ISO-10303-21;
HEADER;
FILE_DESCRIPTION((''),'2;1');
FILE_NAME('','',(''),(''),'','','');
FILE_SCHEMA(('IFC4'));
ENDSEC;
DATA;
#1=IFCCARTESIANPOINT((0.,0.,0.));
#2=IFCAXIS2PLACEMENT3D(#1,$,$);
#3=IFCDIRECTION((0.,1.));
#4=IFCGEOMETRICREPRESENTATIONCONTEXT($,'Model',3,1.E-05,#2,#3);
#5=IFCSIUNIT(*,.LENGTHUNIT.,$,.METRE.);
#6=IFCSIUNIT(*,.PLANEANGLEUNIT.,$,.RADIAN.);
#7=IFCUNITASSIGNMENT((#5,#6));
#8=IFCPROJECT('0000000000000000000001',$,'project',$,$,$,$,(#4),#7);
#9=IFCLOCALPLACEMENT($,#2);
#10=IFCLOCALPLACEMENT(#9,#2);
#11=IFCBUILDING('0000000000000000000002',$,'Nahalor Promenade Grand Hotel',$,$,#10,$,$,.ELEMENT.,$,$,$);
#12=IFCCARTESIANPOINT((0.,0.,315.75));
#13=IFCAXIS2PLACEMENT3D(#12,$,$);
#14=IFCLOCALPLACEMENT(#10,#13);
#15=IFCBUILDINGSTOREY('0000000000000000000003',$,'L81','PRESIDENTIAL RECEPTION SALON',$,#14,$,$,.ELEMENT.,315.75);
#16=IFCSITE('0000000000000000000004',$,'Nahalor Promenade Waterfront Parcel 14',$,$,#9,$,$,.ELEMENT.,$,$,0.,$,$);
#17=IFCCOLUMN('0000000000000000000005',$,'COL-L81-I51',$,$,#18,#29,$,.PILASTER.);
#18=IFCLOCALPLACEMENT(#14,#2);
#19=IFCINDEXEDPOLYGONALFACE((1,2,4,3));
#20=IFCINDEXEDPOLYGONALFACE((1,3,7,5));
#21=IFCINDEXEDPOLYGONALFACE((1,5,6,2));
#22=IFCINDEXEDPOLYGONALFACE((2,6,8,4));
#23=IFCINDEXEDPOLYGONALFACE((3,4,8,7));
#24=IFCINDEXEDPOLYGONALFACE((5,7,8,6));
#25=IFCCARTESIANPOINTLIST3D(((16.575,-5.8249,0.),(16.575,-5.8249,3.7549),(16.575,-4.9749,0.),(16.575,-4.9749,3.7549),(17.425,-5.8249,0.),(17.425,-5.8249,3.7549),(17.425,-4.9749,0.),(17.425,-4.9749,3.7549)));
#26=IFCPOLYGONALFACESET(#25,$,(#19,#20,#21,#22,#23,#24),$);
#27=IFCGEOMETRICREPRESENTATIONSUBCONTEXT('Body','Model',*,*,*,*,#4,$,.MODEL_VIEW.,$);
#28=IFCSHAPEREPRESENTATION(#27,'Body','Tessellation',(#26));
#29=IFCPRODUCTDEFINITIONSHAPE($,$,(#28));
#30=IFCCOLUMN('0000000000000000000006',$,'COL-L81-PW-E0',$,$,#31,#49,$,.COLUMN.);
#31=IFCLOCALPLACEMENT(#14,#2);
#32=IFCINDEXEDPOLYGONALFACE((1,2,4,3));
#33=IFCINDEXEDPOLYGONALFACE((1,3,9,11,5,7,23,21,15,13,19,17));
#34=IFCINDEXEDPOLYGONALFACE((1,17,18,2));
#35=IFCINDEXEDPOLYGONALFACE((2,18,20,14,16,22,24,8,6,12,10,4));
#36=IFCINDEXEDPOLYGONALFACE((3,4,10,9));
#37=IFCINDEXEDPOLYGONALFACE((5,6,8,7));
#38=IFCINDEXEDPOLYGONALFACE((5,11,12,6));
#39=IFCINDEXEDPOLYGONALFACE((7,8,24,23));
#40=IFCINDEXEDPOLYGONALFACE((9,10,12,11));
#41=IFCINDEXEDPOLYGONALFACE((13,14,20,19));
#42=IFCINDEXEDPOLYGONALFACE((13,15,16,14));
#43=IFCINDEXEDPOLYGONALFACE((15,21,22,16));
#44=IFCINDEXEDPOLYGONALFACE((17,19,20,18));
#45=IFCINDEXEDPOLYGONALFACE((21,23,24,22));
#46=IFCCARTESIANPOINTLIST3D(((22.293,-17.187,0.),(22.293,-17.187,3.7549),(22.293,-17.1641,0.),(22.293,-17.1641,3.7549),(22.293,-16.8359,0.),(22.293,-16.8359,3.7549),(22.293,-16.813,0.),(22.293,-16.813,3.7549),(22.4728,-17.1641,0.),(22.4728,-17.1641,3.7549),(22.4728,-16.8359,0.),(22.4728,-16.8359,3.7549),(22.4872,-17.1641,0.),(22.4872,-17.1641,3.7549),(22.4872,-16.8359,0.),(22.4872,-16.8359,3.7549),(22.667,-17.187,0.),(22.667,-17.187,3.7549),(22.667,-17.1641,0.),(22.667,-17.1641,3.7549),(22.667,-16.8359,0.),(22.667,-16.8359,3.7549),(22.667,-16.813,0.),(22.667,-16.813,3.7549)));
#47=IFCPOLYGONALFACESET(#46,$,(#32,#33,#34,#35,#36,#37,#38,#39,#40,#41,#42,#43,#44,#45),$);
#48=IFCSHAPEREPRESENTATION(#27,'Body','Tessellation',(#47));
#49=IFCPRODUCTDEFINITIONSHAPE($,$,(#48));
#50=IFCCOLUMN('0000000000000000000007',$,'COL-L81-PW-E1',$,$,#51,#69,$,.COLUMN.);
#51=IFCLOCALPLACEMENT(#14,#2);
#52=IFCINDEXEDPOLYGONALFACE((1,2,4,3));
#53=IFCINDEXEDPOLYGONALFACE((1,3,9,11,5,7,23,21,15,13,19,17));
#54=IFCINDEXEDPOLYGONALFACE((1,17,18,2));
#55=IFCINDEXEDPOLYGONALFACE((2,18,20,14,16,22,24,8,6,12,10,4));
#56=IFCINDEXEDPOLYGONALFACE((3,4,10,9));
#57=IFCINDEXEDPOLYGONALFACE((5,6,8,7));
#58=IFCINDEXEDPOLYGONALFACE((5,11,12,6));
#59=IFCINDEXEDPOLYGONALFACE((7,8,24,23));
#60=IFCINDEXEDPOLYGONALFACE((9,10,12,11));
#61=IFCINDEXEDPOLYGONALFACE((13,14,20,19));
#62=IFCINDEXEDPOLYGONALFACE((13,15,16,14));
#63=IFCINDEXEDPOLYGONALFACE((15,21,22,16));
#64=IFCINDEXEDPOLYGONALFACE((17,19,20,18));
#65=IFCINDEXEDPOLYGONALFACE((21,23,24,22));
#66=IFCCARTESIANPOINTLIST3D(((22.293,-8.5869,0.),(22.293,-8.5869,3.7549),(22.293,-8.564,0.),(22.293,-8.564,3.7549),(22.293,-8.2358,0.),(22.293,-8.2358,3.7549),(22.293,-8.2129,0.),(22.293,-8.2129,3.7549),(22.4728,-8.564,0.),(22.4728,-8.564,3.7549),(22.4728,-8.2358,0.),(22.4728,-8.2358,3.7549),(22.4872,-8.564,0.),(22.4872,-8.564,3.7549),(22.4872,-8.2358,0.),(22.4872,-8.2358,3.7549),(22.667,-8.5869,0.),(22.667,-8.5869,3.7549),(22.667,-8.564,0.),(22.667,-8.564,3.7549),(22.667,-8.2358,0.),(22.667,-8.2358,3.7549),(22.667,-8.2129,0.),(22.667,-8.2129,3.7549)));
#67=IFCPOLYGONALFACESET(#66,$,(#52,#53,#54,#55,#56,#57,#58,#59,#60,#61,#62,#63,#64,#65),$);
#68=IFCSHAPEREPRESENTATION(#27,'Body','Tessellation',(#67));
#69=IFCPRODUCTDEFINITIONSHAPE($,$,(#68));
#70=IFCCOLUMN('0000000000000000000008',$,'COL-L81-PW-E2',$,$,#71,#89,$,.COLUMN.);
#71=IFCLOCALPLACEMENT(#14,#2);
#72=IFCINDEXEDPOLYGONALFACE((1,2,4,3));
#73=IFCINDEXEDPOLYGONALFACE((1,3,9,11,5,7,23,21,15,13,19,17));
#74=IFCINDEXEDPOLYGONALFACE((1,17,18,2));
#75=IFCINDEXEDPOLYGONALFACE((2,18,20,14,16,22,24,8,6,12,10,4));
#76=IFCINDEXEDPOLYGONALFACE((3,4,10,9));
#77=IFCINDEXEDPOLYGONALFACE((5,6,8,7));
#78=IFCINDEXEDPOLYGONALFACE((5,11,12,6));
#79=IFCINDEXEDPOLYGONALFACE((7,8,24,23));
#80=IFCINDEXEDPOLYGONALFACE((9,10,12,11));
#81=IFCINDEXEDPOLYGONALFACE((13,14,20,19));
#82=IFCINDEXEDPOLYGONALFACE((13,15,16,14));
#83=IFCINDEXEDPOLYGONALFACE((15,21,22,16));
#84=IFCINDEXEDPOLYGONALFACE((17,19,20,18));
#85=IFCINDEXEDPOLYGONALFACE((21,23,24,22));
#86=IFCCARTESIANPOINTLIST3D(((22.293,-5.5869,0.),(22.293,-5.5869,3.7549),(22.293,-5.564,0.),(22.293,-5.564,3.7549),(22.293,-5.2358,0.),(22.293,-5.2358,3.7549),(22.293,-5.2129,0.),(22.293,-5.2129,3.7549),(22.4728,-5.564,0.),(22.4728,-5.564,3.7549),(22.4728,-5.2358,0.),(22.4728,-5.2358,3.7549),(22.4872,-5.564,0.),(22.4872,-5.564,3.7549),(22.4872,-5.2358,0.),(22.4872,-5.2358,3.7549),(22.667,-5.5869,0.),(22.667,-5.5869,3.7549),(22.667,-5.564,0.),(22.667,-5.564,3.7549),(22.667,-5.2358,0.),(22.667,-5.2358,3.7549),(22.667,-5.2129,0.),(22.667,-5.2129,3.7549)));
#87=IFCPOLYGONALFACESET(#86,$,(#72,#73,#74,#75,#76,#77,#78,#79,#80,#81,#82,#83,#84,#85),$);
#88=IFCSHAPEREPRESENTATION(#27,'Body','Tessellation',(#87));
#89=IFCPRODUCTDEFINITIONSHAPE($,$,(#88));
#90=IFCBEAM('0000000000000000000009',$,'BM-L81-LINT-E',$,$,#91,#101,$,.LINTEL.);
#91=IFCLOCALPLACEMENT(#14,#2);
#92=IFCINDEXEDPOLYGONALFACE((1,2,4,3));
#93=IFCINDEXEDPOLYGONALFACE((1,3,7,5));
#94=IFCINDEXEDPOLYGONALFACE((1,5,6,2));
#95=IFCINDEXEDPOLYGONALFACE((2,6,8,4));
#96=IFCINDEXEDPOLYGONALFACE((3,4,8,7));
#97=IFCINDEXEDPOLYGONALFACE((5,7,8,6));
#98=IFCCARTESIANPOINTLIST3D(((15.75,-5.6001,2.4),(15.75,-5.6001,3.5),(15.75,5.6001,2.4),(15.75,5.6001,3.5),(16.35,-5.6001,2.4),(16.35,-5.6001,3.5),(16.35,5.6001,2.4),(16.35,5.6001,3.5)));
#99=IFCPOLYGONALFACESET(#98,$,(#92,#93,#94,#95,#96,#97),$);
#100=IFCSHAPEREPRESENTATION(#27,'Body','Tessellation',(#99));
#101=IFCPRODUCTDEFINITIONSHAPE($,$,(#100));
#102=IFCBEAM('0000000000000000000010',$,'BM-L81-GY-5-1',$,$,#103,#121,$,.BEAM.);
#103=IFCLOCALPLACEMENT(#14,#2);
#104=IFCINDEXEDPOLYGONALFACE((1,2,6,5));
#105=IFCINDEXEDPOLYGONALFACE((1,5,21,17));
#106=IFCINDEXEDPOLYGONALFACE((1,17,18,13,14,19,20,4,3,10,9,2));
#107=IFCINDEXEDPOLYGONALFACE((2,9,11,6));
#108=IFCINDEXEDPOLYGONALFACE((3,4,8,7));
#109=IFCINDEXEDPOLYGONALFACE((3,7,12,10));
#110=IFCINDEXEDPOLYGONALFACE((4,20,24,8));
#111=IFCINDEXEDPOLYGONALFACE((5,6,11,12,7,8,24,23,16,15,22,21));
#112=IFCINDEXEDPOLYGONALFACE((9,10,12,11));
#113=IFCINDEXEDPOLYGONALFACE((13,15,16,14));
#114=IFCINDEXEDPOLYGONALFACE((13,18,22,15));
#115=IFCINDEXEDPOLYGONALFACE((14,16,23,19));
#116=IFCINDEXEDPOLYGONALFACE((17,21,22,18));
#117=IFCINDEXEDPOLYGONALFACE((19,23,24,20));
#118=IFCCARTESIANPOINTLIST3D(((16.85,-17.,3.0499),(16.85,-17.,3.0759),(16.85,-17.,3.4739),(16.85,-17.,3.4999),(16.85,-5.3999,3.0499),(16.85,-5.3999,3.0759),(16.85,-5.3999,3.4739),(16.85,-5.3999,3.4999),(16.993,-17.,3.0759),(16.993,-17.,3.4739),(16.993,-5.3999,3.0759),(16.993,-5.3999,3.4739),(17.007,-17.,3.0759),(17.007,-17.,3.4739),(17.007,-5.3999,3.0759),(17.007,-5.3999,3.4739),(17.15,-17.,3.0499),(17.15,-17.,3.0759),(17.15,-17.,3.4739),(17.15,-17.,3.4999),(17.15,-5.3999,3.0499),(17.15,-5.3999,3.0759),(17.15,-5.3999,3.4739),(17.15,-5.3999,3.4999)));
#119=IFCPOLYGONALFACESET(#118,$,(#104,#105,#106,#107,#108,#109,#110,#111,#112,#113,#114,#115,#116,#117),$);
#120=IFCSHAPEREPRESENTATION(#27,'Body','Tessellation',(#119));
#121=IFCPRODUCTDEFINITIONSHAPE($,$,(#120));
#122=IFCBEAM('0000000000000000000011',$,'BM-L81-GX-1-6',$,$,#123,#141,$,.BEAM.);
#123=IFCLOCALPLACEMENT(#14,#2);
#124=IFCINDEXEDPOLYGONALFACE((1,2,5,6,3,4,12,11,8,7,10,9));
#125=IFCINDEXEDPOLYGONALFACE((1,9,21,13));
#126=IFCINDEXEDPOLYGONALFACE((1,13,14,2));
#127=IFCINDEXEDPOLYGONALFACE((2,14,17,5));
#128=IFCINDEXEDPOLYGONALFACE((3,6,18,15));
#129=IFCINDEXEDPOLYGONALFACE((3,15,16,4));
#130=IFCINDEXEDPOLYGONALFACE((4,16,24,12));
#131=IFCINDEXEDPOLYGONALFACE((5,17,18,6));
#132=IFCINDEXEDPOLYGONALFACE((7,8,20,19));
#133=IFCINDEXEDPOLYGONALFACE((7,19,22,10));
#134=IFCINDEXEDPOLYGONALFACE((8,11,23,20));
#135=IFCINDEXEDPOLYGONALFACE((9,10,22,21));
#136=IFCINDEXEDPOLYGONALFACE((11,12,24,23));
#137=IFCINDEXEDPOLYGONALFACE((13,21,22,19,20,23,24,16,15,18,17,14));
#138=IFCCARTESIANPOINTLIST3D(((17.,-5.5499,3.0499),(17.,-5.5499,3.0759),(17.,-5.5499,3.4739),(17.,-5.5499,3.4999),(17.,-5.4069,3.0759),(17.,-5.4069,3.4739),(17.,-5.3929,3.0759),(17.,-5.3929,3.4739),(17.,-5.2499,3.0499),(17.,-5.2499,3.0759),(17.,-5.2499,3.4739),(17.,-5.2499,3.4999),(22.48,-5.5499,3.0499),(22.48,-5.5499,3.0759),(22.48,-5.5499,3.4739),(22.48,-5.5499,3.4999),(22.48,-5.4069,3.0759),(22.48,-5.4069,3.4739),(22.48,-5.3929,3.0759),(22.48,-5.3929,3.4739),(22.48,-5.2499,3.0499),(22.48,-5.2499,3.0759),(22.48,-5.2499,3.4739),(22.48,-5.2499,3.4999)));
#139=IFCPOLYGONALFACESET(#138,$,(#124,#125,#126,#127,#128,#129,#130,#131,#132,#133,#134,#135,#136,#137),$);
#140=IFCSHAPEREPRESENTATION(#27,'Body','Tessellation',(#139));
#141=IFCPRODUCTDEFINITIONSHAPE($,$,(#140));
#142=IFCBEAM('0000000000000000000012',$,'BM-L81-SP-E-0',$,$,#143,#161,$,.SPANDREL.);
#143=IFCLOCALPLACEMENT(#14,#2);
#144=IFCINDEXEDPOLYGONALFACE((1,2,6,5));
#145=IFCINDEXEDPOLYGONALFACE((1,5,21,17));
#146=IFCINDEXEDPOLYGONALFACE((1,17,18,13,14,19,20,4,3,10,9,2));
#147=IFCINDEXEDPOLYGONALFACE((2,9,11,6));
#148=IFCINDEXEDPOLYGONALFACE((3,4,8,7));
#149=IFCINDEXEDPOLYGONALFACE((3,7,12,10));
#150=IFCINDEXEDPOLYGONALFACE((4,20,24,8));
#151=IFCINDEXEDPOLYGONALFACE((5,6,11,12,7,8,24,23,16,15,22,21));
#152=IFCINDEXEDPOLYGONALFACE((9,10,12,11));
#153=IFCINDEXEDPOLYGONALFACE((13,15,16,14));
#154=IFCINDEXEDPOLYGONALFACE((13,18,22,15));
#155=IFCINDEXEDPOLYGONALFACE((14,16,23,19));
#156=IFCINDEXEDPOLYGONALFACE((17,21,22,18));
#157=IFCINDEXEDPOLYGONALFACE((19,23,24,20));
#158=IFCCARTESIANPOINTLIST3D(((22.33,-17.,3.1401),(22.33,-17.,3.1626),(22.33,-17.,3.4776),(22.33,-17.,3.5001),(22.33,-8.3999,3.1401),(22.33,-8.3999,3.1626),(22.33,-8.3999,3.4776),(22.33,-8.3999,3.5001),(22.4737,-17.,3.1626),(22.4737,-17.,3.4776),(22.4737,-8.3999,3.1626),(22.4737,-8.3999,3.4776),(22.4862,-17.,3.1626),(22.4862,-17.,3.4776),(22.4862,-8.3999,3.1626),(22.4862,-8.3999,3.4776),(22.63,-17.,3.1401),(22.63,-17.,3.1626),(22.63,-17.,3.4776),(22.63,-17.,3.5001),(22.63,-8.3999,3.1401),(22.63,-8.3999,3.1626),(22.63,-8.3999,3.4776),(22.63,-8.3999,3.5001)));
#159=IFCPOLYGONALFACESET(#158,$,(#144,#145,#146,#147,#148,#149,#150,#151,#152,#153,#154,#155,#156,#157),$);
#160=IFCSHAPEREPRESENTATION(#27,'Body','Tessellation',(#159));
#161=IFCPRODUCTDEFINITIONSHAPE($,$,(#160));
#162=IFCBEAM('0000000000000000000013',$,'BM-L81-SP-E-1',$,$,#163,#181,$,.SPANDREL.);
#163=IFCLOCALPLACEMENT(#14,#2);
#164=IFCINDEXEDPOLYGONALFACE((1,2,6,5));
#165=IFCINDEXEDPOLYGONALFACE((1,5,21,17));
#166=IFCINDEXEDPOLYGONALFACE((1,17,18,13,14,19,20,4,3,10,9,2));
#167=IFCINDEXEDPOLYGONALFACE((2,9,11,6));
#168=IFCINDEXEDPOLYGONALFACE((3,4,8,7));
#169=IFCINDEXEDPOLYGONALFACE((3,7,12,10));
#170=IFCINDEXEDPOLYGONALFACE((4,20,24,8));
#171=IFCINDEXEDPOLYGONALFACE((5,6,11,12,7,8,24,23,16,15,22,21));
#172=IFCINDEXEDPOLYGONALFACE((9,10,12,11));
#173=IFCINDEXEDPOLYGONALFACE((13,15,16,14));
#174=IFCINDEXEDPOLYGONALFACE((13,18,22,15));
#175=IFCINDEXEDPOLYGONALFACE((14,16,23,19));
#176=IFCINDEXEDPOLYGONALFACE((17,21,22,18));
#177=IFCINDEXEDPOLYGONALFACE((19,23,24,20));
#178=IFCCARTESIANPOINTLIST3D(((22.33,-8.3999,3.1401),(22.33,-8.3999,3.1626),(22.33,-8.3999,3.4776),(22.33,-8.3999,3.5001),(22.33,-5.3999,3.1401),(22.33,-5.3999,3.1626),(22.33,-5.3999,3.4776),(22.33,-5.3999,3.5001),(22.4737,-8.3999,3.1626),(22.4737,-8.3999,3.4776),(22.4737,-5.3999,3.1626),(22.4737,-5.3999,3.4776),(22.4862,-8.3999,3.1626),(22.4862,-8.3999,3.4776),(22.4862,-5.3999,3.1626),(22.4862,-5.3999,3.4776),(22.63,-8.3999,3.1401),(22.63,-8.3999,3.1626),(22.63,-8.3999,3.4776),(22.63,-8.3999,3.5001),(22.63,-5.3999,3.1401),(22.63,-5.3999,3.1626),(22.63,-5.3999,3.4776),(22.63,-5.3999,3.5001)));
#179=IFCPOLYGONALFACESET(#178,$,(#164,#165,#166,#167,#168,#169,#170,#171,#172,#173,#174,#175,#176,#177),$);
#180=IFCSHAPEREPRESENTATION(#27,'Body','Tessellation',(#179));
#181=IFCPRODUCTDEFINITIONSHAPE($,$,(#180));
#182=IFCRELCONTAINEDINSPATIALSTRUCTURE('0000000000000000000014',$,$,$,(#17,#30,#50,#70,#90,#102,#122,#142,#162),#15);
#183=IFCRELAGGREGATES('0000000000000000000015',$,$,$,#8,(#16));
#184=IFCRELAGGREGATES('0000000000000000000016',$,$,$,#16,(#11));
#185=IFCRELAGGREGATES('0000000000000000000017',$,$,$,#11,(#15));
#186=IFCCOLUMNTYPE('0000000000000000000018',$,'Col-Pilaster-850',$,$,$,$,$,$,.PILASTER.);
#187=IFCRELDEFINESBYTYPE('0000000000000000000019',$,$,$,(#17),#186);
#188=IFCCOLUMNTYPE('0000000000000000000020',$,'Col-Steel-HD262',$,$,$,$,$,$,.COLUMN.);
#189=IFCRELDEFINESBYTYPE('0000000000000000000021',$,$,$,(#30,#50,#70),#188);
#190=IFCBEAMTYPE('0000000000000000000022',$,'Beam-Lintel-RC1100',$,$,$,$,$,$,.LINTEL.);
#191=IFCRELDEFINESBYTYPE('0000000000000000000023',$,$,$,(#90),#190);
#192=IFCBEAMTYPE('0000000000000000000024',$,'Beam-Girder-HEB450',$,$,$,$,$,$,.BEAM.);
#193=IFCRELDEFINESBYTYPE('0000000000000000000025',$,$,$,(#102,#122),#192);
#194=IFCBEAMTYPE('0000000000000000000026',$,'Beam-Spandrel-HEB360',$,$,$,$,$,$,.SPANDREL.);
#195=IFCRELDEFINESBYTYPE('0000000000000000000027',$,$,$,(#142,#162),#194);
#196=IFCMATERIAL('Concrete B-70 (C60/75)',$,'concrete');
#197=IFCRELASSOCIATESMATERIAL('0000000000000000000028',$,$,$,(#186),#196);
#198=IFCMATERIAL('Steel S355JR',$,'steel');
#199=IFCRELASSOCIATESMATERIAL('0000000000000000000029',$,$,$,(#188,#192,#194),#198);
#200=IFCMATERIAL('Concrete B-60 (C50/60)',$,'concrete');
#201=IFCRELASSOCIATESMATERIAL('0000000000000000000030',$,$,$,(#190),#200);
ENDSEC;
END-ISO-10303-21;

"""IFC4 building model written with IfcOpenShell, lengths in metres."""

from ifc_helpers import new_model, si_unit, direction, frame, origin, origin_2d, place, context, subcontext, project, spatial, rectangle, i_section, extrude, source, transform, mapped, material, material_profile, profile_set, type_object, element, save


model = new_model("IFC4")

# Units and contexts
model_context = context("Model", 3, precision=1e-05, world=origin(), true_north=direction((0.0, 1.0)))
body_context = subcontext(model_context, "Body", "Model", "MODEL_VIEW")
ifc_project = project(units=[si_unit("LENGTHUNIT", "METRE"), si_unit("PLANEANGLEUNIT", "RADIAN")], contexts=[model_context])

# Site, building, storey
site_placement = place(None, origin())
site = spatial("IfcSite", under=ifc_project, at=site_placement, Name="Nahalor Promenade Waterfront Parcel 14", CompositionType="ELEMENT", RefElevation=0.0)
building_placement = place(site_placement, origin())
building = spatial("IfcBuilding", under=site, at=building_placement, Name="Nahalor Promenade Grand Hotel", CompositionType="ELEMENT")
storey_placement = place(building_placement, frame((0.0, 0.0, 315.75)))
storey = spatial("IfcBuildingStorey", under=building, at=storey_placement, Name="L81", Description="PRESIDENTIAL RECEPTION SALON", CompositionType="ELEMENT", Elevation=315.75)

# Columns
ifc_material_1 = material(Name="Concrete B-70 (C60/75)", Category="concrete")
ifc_material_profile_1 = material_profile(ifc_material_1, rectangle(XDim=0.85, YDim=0.85, at=origin_2d()), Name="RC 850x850")
ifc_profile_set_1 = profile_set([ifc_material_profile_1], Name="Concrete B-70 (C60/75)")
column_type_1 = type_object("IfcColumnType", Name="Col-Pilaster-850", PredefinedType="PILASTER", material=ifc_profile_set_1)
shared_shape_1 = source(origin(), body_context, "Body", "SweptSolid", [
    extrude(rectangle(XDim=0.85, YDim=0.85, at=origin_2d()), origin(), (0.0, 0.0, 1.0), 3.7549),
])
column_placement = place(storey_placement, frame((17.0, -5.3999, 0.0), z_axis=(0.0, 0.0, 1.0), x_axis=(1.0, 0.0, 0.0)))
element("IfcColumn", 1, at=column_placement, inside=storey, type_object=column_type_1, Name="COL-L81-I51", PredefinedType="PILASTER", context=body_context, shape_type="MappedRepresentation", body=[
    mapped(shared_shape_1, transform((0.0, 0.0, 0.0), scale=1.0)),
])
ifc_material_2 = material(Name="Steel S355JR", Category="steel")
ifc_material_profile_2 = material_profile(ifc_material_2, i_section(OverallWidth=0.374, OverallDepth=0.374, WebThickness=0.0144, FlangeThickness=0.0229, at=origin_2d()), Name="HD 360x262")
ifc_profile_set_2 = profile_set([ifc_material_profile_2], Name="Steel S355JR")
column_type_2 = type_object("IfcColumnType", Name="Col-Steel-HD262", PredefinedType="COLUMN", material=ifc_profile_set_2)
shared_shape_2 = source(origin(), body_context, "Body", "SweptSolid", [
    extrude(i_section(OverallWidth=0.374, OverallDepth=0.374, WebThickness=0.0144, FlangeThickness=0.0229, at=origin_2d()), origin(), (0.0, 0.0, 1.0), 3.7549),
])
for number, where, z_axis, x_axis, name in (
    (2, (22.48, -17.0, 0.0), (0.0, 0.0, 1.0), (1.0, 0.0, 0.0), "COL-L81-PW-E0"),
    (3, (22.48, -8.3999, 0.0), (0.0, 0.0, 1.0), (1.0, 0.0, 0.0), "COL-L81-PW-E1"),
    (4, (22.48, -5.3999, 0.0), (0.0, 0.0, 1.0), (1.0, 0.0, 0.0), "COL-L81-PW-E2"),
):
    element("IfcColumn", number, at=place(storey_placement, frame(where, z_axis=z_axis, x_axis=x_axis)), inside=storey, type_object=column_type_2, Name=name, PredefinedType="COLUMN", context=body_context, shape_type="MappedRepresentation", body=[
        mapped(shared_shape_2, transform((0.0, 0.0, 0.0), scale=1.0)),
    ])

# Beams
ifc_material_3 = material(Name="Concrete B-60 (C50/60)", Category="concrete")
ifc_material_profile_3 = material_profile(ifc_material_3, rectangle(XDim=0.6, YDim=1.1, at=origin_2d()), Name="RC 600x1100")
ifc_profile_set_3 = profile_set([ifc_material_profile_3], Name="Concrete B-60 (C50/60)")
beam_type_1 = type_object("IfcBeamType", Name="Beam-Lintel-RC1100", PredefinedType="LINTEL", material=ifc_profile_set_3)
shared_shape_3 = source(origin(), body_context, "Body", "SweptSolid", [
    extrude(rectangle(XDim=0.6, YDim=1.1, at=origin_2d()), origin(), (0.0, 0.0, 1.0), 11.2002),
])
beam_1_placement = place(storey_placement, frame((16.05, -5.6001, 2.95), z_axis=(0.0, 1.0, 0.0), x_axis=(-1.0, 0.0, 0.0)))
element("IfcBeam", 5, at=beam_1_placement, inside=storey, type_object=beam_type_1, Name="BM-L81-LINT-E", PredefinedType="LINTEL", context=body_context, shape_type="MappedRepresentation", body=[
    mapped(shared_shape_3, transform((0.0, 0.0, 0.0), scale=1.0)),
])
ifc_material_profile_4 = material_profile(ifc_material_2, i_section(OverallWidth=0.3, OverallDepth=0.45, WebThickness=0.014, FlangeThickness=0.026, at=origin_2d()), Name="HEB 450")
ifc_profile_set_4 = profile_set([ifc_material_profile_4], Name="Steel S355JR")
beam_type_2 = type_object("IfcBeamType", Name="Beam-Girder-HEB450", PredefinedType="BEAM", material=ifc_profile_set_4)
shared_shape_4 = source(origin(), body_context, "Body", "SweptSolid", [
    extrude(i_section(OverallWidth=0.3, OverallDepth=0.45, WebThickness=0.014, FlangeThickness=0.026, at=origin_2d()), origin(), (0.0, 0.0, 1.0), 11.6001),
])
beam_2_placement = place(storey_placement, frame((17.0, -17.0, 3.2749), z_axis=(0.0, 1.0, 0.0), x_axis=(-1.0, 0.0, 0.0)))
element("IfcBeam", 6, at=beam_2_placement, inside=storey, type_object=beam_type_2, Name="BM-L81-GY-5-1", PredefinedType="BEAM", context=body_context, shape_type="MappedRepresentation", body=[
    mapped(shared_shape_4, transform((0.0, 0.0, 0.0), scale=1.0)),
])
shared_shape_5 = source(origin(), body_context, "Body", "SweptSolid", [
    extrude(i_section(OverallWidth=0.3, OverallDepth=0.45, WebThickness=0.014, FlangeThickness=0.026, at=origin_2d()), origin(), (0.0, 0.0, 1.0), 5.48),
])
beam_3_placement = place(storey_placement, frame((17.0, -5.3999, 3.2749), z_axis=(1.0, 0.0, 0.0), x_axis=(0.0, 1.0, 0.0)))
element("IfcBeam", 7, at=beam_3_placement, inside=storey, type_object=beam_type_2, Name="BM-L81-GX-1-6", PredefinedType="BEAM", context=body_context, shape_type="MappedRepresentation", body=[
    mapped(shared_shape_5, transform((0.0, 0.0, 0.0), scale=1.0)),
])
ifc_material_profile_5 = material_profile(ifc_material_2, i_section(OverallWidth=0.3, OverallDepth=0.36, WebThickness=0.0125, FlangeThickness=0.0225, at=origin_2d()), Name="HEB 360")
ifc_profile_set_5 = profile_set([ifc_material_profile_5], Name="Steel S355JR")
beam_type_3 = type_object("IfcBeamType", Name="Beam-Spandrel-HEB360", PredefinedType="SPANDREL", material=ifc_profile_set_5)
shared_shape_6 = source(origin(), body_context, "Body", "SweptSolid", [
    extrude(i_section(OverallWidth=0.3, OverallDepth=0.36, WebThickness=0.0125, FlangeThickness=0.0225, at=origin_2d()), origin(), (0.0, 0.0, 1.0), 8.6001),
])
beam_4_placement = place(storey_placement, frame((22.48, -17.0, 3.3201), z_axis=(0.0, 1.0, 0.0), x_axis=(-1.0, 0.0, 0.0)))
element("IfcBeam", 8, at=beam_4_placement, inside=storey, type_object=beam_type_3, Name="BM-L81-SP-E-0", PredefinedType="SPANDREL", context=body_context, shape_type="MappedRepresentation", body=[
    mapped(shared_shape_6, transform((0.0, 0.0, 0.0), scale=1.0)),
])
shared_shape_7 = source(origin(), body_context, "Body", "SweptSolid", [
    extrude(i_section(OverallWidth=0.3, OverallDepth=0.36, WebThickness=0.0125, FlangeThickness=0.0225, at=origin_2d()), origin(), (0.0, 0.0, 1.0), 3.0),
])
beam_5_placement = place(storey_placement, frame((22.48, -8.3999, 3.3201), z_axis=(0.0, 1.0, 0.0), x_axis=(-1.0, 0.0, 0.0)))
element("IfcBeam", 9, at=beam_5_placement, inside=storey, type_object=beam_type_3, Name="BM-L81-SP-E-1", PredefinedType="SPANDREL", context=body_context, shape_type="MappedRepresentation", body=[
    mapped(shared_shape_7, transform((0.0, 0.0, 0.0), scale=1.0)),
])

save(model, "model.ifc")
